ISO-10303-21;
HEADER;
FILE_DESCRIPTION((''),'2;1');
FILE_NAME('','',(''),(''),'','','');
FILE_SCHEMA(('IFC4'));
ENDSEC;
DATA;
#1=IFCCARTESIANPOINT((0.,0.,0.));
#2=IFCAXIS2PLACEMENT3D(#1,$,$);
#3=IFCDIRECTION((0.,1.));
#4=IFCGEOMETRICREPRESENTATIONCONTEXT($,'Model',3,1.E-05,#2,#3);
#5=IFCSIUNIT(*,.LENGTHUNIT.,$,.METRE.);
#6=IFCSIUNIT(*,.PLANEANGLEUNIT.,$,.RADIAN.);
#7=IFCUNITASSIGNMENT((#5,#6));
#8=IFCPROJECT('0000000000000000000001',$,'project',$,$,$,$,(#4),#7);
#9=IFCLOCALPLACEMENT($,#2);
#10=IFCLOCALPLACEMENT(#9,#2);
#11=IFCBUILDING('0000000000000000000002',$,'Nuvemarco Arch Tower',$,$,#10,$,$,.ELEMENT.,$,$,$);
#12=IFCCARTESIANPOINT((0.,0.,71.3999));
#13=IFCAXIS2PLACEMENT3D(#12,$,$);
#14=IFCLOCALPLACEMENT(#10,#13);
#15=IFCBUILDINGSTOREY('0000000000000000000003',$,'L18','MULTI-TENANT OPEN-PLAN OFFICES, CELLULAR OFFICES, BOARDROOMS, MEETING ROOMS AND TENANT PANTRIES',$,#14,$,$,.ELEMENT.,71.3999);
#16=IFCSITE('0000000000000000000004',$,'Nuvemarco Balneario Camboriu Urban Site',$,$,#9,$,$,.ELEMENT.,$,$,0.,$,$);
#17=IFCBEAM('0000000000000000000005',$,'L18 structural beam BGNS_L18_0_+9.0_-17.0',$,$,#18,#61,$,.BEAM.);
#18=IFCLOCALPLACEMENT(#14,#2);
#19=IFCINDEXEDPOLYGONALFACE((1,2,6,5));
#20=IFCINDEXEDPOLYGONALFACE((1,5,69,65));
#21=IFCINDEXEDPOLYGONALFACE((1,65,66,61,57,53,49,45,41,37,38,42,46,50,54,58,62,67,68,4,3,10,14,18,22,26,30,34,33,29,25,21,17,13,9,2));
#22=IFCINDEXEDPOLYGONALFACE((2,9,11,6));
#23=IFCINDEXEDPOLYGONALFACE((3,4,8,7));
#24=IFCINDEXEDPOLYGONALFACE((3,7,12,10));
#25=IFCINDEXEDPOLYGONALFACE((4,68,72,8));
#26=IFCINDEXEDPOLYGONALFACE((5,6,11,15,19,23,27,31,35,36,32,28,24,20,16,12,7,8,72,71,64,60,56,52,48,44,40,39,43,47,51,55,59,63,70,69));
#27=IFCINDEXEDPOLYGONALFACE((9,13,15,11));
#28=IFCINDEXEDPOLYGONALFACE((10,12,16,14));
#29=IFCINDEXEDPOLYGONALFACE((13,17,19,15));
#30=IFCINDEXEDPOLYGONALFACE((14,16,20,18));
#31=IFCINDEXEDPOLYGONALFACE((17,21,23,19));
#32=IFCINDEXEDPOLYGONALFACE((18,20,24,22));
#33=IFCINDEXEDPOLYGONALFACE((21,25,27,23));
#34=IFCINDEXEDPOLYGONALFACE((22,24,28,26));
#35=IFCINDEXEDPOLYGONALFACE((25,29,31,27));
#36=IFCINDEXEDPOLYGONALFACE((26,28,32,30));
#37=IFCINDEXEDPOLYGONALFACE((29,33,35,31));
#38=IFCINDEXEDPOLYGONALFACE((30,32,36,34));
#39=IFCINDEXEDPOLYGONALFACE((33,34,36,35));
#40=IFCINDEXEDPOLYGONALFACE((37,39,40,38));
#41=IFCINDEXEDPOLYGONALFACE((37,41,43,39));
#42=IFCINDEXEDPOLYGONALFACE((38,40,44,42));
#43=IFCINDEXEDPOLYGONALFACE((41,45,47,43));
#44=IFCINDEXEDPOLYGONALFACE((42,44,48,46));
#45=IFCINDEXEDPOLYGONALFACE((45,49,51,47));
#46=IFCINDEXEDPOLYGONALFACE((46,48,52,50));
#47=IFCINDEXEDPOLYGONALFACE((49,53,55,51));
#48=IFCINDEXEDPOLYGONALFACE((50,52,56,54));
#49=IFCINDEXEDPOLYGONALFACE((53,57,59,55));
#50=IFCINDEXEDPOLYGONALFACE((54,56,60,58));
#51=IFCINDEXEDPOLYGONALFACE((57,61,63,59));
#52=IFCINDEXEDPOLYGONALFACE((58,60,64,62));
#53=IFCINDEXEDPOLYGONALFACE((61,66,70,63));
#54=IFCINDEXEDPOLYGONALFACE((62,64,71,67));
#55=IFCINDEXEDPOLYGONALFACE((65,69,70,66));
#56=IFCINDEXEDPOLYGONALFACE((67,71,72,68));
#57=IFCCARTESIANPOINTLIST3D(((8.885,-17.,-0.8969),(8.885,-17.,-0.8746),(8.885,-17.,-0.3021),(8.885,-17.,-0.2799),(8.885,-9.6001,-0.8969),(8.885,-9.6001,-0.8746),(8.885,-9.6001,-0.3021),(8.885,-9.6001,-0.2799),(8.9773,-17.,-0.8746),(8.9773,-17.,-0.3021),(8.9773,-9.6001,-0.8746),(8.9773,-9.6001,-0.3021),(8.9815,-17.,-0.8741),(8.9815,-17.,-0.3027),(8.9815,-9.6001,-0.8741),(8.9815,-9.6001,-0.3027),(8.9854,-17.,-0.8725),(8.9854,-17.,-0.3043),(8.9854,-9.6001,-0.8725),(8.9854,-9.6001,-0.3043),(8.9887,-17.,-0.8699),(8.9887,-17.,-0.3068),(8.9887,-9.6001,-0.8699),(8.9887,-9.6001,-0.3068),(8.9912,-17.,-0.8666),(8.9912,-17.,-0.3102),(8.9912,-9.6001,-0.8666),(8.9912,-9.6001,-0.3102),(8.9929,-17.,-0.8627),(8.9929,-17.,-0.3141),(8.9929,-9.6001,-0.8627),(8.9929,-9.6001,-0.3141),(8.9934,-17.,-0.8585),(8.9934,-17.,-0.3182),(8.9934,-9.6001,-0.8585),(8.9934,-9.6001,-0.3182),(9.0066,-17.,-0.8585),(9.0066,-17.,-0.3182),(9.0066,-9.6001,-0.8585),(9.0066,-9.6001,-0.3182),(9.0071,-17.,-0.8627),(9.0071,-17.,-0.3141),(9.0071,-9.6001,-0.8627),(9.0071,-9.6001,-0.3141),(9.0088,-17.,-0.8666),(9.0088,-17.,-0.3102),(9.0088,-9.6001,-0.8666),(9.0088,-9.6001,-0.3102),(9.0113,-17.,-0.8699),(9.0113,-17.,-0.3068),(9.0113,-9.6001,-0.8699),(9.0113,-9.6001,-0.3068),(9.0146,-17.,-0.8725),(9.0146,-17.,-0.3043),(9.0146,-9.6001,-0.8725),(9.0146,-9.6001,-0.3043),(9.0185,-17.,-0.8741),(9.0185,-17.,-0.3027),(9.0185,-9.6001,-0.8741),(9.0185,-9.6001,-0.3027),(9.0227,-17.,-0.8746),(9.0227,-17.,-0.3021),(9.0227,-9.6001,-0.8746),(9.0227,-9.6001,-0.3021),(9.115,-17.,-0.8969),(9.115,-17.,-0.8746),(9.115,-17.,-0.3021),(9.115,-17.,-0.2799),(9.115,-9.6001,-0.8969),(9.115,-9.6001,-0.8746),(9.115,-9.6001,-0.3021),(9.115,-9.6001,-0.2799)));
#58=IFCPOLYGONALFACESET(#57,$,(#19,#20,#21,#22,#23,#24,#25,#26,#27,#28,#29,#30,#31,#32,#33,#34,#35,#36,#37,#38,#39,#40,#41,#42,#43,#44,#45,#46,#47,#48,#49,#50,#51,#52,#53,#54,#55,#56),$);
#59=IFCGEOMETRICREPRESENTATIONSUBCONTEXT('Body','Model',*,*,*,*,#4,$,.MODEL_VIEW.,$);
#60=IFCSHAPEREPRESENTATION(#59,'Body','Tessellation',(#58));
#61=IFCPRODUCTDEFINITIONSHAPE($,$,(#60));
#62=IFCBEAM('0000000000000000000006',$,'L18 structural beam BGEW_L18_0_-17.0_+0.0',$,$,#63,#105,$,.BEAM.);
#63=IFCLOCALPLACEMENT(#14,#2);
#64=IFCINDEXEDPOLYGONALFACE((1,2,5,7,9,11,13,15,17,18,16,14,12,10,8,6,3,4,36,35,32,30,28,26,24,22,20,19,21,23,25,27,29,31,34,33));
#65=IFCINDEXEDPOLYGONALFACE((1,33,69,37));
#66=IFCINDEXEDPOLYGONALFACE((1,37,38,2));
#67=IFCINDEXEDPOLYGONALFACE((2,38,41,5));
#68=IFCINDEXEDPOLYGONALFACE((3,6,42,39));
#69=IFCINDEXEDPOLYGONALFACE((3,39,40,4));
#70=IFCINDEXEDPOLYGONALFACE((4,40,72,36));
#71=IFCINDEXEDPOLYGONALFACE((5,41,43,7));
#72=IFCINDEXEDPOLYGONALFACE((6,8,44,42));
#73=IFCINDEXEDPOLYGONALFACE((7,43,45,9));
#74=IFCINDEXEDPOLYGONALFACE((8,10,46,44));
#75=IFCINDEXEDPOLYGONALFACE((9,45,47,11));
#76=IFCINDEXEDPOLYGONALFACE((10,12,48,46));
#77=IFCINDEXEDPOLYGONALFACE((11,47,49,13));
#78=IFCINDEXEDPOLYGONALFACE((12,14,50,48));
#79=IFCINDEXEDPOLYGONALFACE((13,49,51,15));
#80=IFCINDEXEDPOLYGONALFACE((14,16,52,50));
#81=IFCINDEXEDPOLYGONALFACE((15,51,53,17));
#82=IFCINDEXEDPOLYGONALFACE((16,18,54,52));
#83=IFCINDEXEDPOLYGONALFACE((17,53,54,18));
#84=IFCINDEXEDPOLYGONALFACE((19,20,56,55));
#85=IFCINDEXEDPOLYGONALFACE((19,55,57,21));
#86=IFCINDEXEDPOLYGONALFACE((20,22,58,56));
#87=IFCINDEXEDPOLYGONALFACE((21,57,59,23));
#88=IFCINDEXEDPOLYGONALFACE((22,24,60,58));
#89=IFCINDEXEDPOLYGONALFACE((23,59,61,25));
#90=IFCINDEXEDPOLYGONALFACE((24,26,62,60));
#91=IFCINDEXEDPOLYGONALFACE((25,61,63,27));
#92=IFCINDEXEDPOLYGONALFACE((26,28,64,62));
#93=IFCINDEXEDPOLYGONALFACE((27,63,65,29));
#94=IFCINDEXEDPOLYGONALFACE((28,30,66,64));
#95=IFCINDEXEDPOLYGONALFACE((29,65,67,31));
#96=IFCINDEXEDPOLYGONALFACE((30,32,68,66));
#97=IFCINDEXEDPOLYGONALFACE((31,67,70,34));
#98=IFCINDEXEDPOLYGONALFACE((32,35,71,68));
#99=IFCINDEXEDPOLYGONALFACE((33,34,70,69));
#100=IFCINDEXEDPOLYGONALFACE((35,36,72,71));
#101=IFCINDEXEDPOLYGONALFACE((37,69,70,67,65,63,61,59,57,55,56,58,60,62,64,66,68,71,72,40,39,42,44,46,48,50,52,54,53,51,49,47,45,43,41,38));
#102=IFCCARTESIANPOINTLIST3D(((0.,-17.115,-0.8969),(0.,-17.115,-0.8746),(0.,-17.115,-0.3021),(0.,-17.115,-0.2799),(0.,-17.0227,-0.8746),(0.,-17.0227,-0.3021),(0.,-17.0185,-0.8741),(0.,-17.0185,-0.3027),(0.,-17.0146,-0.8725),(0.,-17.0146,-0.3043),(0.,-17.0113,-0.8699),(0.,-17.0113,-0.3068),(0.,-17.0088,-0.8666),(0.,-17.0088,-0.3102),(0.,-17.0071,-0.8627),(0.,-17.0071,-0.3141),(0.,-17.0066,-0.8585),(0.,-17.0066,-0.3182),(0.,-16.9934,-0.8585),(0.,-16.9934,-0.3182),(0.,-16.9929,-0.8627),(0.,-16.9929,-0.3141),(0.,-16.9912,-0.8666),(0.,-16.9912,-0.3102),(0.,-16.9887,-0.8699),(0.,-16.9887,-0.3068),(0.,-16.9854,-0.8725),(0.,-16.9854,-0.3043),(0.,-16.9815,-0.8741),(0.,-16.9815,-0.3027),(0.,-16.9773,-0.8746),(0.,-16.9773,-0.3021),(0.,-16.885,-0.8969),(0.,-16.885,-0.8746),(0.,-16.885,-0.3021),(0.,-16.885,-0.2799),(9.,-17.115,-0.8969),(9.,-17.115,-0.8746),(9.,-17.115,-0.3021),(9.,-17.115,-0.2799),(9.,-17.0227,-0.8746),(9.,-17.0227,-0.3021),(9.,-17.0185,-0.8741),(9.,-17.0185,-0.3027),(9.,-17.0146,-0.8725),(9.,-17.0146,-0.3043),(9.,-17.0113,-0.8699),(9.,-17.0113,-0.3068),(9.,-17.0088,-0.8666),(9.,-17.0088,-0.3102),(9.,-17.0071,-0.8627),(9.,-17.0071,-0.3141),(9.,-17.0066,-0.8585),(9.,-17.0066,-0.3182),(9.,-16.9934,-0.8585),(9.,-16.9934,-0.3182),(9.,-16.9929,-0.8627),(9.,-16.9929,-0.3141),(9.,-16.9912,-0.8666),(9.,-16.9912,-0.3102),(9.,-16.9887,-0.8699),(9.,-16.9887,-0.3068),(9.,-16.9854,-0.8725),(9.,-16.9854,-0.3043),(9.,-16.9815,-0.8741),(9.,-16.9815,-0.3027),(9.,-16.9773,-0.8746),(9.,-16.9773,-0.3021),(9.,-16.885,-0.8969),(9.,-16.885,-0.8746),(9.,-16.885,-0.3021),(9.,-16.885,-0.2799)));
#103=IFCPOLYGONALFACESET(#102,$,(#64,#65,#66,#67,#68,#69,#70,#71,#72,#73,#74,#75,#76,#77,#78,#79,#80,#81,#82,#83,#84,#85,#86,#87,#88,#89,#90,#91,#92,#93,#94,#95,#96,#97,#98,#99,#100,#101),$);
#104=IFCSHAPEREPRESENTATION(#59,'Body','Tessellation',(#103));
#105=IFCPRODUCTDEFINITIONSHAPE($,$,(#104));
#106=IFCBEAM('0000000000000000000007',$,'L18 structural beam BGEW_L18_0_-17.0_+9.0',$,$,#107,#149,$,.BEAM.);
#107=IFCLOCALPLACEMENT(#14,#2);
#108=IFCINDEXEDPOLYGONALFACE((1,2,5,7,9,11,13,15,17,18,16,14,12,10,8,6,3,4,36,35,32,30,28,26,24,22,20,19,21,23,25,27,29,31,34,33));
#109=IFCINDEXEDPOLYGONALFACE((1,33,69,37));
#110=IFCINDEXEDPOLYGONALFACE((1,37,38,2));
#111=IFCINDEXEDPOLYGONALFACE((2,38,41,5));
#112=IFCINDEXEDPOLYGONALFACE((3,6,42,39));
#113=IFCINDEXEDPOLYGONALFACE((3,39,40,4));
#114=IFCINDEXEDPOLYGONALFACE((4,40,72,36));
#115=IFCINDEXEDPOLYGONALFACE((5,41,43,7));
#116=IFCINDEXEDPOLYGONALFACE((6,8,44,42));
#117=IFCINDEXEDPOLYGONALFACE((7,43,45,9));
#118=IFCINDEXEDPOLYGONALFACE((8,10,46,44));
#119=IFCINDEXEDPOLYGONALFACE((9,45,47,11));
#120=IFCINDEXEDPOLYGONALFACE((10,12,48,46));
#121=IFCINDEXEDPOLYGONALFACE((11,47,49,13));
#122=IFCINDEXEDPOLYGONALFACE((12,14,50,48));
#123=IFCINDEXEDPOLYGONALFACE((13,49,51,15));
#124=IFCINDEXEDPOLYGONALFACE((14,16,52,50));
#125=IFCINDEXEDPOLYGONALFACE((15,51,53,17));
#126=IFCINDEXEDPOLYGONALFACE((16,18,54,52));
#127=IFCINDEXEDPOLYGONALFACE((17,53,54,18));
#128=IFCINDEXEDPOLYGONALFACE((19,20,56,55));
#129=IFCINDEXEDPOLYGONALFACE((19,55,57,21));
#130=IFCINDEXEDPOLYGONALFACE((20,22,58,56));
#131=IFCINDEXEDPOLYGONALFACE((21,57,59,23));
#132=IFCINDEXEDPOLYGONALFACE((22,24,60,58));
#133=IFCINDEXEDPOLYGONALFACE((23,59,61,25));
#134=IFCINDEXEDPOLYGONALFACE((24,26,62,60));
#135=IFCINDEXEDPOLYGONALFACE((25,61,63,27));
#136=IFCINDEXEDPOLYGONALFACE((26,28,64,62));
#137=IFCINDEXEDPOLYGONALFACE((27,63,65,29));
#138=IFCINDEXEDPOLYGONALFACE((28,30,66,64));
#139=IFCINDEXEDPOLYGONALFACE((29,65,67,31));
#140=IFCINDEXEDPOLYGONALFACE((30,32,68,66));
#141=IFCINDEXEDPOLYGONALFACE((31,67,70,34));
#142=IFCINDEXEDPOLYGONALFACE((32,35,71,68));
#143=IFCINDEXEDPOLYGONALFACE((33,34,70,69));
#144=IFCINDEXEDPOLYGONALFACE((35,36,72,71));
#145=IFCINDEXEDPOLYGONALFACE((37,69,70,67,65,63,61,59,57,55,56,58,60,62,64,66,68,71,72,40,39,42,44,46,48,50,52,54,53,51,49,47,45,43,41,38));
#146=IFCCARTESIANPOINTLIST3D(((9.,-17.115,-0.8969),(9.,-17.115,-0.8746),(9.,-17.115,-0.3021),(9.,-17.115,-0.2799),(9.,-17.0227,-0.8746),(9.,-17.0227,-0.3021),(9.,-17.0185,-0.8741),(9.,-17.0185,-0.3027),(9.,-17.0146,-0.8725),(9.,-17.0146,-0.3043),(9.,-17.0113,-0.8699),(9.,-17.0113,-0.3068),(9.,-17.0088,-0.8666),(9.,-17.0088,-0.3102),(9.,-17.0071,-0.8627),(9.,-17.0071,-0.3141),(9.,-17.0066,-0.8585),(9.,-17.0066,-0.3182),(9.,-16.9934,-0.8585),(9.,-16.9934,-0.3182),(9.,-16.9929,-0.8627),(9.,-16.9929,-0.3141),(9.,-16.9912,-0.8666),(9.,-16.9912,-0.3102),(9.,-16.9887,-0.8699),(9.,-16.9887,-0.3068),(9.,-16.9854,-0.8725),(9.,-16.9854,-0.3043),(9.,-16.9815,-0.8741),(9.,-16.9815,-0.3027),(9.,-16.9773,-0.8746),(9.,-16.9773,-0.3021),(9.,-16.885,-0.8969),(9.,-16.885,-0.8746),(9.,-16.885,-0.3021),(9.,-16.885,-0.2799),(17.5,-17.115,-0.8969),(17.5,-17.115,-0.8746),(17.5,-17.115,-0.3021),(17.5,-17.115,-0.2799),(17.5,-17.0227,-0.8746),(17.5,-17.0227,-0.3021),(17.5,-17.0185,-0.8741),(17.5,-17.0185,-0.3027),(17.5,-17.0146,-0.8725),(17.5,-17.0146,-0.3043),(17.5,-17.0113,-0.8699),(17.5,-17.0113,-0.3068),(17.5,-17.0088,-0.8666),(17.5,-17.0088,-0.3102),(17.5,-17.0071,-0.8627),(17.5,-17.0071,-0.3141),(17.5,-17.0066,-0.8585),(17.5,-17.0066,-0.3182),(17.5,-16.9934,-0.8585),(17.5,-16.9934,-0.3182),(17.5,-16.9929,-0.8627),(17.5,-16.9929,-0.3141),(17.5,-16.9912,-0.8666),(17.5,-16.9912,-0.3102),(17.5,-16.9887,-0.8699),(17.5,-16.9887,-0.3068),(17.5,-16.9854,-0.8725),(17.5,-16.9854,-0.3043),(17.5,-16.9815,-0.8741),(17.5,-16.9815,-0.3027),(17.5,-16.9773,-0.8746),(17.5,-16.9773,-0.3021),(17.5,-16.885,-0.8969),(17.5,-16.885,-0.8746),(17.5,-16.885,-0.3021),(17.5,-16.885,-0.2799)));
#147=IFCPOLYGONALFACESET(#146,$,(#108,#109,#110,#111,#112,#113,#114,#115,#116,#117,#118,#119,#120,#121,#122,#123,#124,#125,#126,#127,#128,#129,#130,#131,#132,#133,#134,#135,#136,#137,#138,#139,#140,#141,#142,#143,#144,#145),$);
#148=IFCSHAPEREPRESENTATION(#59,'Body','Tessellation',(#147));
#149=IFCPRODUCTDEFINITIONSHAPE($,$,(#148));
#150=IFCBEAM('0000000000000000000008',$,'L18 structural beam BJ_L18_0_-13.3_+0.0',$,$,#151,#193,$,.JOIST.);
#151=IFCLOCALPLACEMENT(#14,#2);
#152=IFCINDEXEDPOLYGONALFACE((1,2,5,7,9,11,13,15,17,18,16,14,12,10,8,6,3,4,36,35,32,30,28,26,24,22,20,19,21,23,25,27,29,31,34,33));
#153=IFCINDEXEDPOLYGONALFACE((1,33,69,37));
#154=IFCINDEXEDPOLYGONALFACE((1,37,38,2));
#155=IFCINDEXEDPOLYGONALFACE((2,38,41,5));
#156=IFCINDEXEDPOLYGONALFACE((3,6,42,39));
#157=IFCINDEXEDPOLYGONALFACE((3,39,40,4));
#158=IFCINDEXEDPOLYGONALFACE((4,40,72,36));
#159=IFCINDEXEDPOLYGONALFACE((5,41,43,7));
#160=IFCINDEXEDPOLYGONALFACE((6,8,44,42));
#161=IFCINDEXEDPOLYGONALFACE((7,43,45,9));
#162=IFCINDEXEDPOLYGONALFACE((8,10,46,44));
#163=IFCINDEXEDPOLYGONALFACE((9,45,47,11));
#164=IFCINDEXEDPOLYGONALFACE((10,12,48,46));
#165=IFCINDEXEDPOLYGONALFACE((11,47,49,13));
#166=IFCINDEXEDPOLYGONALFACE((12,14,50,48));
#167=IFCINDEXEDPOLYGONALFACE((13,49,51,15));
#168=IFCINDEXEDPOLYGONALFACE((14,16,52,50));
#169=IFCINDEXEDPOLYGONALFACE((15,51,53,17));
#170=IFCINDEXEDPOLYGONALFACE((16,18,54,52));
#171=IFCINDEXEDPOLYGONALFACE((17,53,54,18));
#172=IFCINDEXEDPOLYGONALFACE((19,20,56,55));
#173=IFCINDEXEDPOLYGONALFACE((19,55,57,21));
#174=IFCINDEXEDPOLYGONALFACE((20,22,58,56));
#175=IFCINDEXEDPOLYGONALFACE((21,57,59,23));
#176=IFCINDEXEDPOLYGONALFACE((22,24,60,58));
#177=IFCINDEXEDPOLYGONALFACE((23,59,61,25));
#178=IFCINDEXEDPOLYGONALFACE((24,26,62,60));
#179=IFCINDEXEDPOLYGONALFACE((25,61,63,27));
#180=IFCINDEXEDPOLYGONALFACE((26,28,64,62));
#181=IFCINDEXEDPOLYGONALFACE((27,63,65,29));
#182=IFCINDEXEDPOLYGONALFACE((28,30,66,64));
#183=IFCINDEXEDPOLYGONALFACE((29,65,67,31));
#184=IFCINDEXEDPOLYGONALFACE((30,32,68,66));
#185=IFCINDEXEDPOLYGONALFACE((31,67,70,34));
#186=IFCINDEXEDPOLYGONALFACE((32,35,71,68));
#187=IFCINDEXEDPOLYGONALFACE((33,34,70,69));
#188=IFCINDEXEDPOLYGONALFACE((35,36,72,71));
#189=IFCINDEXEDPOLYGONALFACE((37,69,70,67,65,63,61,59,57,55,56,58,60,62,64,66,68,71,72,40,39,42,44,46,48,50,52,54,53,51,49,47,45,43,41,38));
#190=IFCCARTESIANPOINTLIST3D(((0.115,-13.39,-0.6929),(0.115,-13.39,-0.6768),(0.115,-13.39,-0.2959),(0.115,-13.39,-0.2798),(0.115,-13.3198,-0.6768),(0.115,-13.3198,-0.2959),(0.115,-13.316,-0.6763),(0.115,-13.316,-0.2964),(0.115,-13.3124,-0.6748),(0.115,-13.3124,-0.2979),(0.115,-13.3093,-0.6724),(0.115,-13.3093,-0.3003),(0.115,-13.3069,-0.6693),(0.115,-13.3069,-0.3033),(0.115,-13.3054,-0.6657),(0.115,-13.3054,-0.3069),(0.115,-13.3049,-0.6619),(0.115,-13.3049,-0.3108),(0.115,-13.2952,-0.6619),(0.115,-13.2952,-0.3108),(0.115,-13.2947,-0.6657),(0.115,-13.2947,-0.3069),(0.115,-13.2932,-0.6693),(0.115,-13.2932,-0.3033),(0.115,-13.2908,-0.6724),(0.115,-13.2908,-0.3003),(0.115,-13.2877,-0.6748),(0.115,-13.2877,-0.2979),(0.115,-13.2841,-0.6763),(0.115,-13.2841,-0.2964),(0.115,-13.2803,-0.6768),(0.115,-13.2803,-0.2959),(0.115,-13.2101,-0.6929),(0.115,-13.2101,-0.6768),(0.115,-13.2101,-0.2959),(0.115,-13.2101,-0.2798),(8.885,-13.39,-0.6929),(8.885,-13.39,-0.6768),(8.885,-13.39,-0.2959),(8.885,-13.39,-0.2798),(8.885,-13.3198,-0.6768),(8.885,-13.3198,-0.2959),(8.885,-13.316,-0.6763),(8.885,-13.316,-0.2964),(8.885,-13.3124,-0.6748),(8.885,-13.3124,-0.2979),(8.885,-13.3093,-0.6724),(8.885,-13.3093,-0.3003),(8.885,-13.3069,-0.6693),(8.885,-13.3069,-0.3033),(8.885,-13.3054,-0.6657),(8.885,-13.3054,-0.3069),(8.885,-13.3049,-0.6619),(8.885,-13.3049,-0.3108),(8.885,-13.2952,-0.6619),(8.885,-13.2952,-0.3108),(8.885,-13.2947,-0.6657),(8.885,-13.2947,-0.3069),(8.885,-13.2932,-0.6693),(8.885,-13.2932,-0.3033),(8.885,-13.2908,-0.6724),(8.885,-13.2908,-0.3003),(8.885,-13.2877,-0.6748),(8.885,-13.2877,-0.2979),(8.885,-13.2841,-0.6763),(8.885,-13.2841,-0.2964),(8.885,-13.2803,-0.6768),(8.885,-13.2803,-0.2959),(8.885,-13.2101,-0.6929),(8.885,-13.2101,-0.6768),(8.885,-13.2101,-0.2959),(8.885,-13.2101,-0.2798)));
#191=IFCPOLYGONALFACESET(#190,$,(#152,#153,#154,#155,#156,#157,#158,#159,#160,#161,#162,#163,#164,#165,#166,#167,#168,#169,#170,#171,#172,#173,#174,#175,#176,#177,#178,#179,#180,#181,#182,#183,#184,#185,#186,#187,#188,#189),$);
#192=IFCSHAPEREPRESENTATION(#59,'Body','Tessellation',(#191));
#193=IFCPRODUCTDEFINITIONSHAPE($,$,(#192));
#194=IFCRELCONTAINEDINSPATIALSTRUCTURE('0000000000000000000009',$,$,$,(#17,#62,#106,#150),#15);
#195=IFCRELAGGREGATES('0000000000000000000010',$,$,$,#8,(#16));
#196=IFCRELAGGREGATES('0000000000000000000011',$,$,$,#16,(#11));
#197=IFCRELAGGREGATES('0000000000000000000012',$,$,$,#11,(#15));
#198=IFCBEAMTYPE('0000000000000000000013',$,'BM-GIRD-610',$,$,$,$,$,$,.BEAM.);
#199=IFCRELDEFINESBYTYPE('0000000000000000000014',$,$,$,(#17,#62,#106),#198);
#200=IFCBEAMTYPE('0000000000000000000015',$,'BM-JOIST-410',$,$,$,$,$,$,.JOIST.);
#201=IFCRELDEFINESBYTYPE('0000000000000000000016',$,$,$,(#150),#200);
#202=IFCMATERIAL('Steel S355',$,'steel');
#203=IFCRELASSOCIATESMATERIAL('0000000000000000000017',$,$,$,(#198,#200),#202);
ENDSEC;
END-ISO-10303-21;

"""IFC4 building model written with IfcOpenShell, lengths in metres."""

from ifc_helpers import new_model, si_unit, direction, frame, origin, origin_2d, place, context, subcontext, project, spatial, i_section, extrude, material, material_profile, profile_set, type_object, element, save


model = new_model("IFC4")

# Units and contexts
model_context = context("Model", 3, precision=1e-05, world=origin(), true_north=direction((0.0, 1.0)))
body_context = subcontext(model_context, "Body", "Model", "MODEL_VIEW")
ifc_project = project(units=[si_unit("LENGTHUNIT", "METRE"), si_unit("PLANEANGLEUNIT", "RADIAN")], contexts=[model_context])

# Site, building, storey
site_placement = place(None, origin())
site = spatial("IfcSite", under=ifc_project, at=site_placement, Name="Nuvemarco Balneario Camboriu Urban Site", CompositionType="ELEMENT", RefElevation=0.0)
building_placement = place(site_placement, origin())
building = spatial("IfcBuilding", under=site, at=building_placement, Name="Nuvemarco Arch Tower", CompositionType="ELEMENT")
storey_placement = place(building_placement, frame((0.0, 0.0, 71.3999)))
storey = spatial("IfcBuildingStorey", under=building, at=storey_placement, Name="L18", Description="MULTI-TENANT OPEN-PLAN OFFICES, CELLULAR OFFICES, BOARDROOMS, MEETING ROOMS AND TENANT PANTRIES", CompositionType="ELEMENT", Elevation=71.3999)

# Shared definitions
ifc_material_1 = material(Name="Steel S355", Category="steel")

# Beams
ifc_material_profile_1 = material_profile(ifc_material_1, i_section(OverallWidth=0.23, OverallDepth=0.6169, WebThickness=0.0132, FlangeThickness=0.0222, FilletRadius=0.0161, at=origin_2d()), Name="W610x140")
ifc_profile_set_1 = profile_set([ifc_material_profile_1], Name="Steel S355")
beam_type_1 = type_object("IfcBeamType", Name="BM-GIRD-610", PredefinedType="BEAM", material=ifc_profile_set_1)
beam_1_placement = place(storey_placement, frame((9.0, -17.0, -0.5884), z_axis=(0.0, 1.0, 0.0), x_axis=(-1.0, 0.0, 0.0)))
element("IfcBeam", 1, at=beam_1_placement, inside=storey, type_object=beam_type_1, Name="L18 structural beam BGNS_L18_0_+9.0_-17.0", PredefinedType="BEAM", context=body_context, shape_type="SweptSolid", body=[
    extrude(i_section(OverallWidth=0.23, OverallDepth=0.6169, WebThickness=0.0132, FlangeThickness=0.0222, FilletRadius=0.0161, at=origin_2d()), origin(), (0.0, 0.0, 1.0), 7.3999),
])
beam_2_placement = place(storey_placement, frame((0.0, -17.0, -0.5884), z_axis=(1.0, 0.0, 0.0), x_axis=(0.0, 1.0, 0.0)))
element("IfcBeam", 2, at=beam_2_placement, inside=storey, type_object=beam_type_1, Name="L18 structural beam BGEW_L18_0_-17.0_+0.0", PredefinedType="BEAM", context=body_context, shape_type="SweptSolid", body=[
    extrude(i_section(OverallWidth=0.23, OverallDepth=0.6169, WebThickness=0.0132, FlangeThickness=0.0222, FilletRadius=0.0161, at=origin_2d()), origin(), (0.0, 0.0, 1.0), 9.0),
])
beam_3_placement = place(storey_placement, frame((9.0, -17.0, -0.5884), z_axis=(1.0, 0.0, 0.0), x_axis=(0.0, 1.0, 0.0)))
element("IfcBeam", 3, at=beam_3_placement, inside=storey, type_object=beam_type_1, Name="L18 structural beam BGEW_L18_0_-17.0_+9.0", PredefinedType="BEAM", context=body_context, shape_type="SweptSolid", body=[
    extrude(i_section(OverallWidth=0.23, OverallDepth=0.6169, WebThickness=0.0132, FlangeThickness=0.0222, FilletRadius=0.0161, at=origin_2d()), origin(), (0.0, 0.0, 1.0), 8.5),
])
ifc_material_profile_2 = material_profile(ifc_material_1, i_section(OverallWidth=0.1799, OverallDepth=0.4131, WebThickness=0.0098, FlangeThickness=0.0161, FilletRadius=0.0149, at=origin_2d()), Name="W410x75")
ifc_profile_set_2 = profile_set([ifc_material_profile_2], Name="Steel S355")
beam_type_2 = type_object("IfcBeamType", Name="BM-JOIST-410", PredefinedType="JOIST", material=ifc_profile_set_2)
beam_4_placement = place(storey_placement, frame((0.115, -13.3, -0.4863), z_axis=(1.0, 0.0, 0.0), x_axis=(0.0, 1.0, 0.0)))
element("IfcBeam", 4, at=beam_4_placement, inside=storey, type_object=beam_type_2, Name="L18 structural beam BJ_L18_0_-13.3_+0.0", PredefinedType="JOIST", context=body_context, shape_type="SweptSolid", body=[
    extrude(i_section(OverallWidth=0.1799, OverallDepth=0.4131, WebThickness=0.0098, FlangeThickness=0.0161, FilletRadius=0.0149, at=origin_2d()), origin(), (0.0, 0.0, 1.0), 8.77),
])

save(model, "model.ifc")
